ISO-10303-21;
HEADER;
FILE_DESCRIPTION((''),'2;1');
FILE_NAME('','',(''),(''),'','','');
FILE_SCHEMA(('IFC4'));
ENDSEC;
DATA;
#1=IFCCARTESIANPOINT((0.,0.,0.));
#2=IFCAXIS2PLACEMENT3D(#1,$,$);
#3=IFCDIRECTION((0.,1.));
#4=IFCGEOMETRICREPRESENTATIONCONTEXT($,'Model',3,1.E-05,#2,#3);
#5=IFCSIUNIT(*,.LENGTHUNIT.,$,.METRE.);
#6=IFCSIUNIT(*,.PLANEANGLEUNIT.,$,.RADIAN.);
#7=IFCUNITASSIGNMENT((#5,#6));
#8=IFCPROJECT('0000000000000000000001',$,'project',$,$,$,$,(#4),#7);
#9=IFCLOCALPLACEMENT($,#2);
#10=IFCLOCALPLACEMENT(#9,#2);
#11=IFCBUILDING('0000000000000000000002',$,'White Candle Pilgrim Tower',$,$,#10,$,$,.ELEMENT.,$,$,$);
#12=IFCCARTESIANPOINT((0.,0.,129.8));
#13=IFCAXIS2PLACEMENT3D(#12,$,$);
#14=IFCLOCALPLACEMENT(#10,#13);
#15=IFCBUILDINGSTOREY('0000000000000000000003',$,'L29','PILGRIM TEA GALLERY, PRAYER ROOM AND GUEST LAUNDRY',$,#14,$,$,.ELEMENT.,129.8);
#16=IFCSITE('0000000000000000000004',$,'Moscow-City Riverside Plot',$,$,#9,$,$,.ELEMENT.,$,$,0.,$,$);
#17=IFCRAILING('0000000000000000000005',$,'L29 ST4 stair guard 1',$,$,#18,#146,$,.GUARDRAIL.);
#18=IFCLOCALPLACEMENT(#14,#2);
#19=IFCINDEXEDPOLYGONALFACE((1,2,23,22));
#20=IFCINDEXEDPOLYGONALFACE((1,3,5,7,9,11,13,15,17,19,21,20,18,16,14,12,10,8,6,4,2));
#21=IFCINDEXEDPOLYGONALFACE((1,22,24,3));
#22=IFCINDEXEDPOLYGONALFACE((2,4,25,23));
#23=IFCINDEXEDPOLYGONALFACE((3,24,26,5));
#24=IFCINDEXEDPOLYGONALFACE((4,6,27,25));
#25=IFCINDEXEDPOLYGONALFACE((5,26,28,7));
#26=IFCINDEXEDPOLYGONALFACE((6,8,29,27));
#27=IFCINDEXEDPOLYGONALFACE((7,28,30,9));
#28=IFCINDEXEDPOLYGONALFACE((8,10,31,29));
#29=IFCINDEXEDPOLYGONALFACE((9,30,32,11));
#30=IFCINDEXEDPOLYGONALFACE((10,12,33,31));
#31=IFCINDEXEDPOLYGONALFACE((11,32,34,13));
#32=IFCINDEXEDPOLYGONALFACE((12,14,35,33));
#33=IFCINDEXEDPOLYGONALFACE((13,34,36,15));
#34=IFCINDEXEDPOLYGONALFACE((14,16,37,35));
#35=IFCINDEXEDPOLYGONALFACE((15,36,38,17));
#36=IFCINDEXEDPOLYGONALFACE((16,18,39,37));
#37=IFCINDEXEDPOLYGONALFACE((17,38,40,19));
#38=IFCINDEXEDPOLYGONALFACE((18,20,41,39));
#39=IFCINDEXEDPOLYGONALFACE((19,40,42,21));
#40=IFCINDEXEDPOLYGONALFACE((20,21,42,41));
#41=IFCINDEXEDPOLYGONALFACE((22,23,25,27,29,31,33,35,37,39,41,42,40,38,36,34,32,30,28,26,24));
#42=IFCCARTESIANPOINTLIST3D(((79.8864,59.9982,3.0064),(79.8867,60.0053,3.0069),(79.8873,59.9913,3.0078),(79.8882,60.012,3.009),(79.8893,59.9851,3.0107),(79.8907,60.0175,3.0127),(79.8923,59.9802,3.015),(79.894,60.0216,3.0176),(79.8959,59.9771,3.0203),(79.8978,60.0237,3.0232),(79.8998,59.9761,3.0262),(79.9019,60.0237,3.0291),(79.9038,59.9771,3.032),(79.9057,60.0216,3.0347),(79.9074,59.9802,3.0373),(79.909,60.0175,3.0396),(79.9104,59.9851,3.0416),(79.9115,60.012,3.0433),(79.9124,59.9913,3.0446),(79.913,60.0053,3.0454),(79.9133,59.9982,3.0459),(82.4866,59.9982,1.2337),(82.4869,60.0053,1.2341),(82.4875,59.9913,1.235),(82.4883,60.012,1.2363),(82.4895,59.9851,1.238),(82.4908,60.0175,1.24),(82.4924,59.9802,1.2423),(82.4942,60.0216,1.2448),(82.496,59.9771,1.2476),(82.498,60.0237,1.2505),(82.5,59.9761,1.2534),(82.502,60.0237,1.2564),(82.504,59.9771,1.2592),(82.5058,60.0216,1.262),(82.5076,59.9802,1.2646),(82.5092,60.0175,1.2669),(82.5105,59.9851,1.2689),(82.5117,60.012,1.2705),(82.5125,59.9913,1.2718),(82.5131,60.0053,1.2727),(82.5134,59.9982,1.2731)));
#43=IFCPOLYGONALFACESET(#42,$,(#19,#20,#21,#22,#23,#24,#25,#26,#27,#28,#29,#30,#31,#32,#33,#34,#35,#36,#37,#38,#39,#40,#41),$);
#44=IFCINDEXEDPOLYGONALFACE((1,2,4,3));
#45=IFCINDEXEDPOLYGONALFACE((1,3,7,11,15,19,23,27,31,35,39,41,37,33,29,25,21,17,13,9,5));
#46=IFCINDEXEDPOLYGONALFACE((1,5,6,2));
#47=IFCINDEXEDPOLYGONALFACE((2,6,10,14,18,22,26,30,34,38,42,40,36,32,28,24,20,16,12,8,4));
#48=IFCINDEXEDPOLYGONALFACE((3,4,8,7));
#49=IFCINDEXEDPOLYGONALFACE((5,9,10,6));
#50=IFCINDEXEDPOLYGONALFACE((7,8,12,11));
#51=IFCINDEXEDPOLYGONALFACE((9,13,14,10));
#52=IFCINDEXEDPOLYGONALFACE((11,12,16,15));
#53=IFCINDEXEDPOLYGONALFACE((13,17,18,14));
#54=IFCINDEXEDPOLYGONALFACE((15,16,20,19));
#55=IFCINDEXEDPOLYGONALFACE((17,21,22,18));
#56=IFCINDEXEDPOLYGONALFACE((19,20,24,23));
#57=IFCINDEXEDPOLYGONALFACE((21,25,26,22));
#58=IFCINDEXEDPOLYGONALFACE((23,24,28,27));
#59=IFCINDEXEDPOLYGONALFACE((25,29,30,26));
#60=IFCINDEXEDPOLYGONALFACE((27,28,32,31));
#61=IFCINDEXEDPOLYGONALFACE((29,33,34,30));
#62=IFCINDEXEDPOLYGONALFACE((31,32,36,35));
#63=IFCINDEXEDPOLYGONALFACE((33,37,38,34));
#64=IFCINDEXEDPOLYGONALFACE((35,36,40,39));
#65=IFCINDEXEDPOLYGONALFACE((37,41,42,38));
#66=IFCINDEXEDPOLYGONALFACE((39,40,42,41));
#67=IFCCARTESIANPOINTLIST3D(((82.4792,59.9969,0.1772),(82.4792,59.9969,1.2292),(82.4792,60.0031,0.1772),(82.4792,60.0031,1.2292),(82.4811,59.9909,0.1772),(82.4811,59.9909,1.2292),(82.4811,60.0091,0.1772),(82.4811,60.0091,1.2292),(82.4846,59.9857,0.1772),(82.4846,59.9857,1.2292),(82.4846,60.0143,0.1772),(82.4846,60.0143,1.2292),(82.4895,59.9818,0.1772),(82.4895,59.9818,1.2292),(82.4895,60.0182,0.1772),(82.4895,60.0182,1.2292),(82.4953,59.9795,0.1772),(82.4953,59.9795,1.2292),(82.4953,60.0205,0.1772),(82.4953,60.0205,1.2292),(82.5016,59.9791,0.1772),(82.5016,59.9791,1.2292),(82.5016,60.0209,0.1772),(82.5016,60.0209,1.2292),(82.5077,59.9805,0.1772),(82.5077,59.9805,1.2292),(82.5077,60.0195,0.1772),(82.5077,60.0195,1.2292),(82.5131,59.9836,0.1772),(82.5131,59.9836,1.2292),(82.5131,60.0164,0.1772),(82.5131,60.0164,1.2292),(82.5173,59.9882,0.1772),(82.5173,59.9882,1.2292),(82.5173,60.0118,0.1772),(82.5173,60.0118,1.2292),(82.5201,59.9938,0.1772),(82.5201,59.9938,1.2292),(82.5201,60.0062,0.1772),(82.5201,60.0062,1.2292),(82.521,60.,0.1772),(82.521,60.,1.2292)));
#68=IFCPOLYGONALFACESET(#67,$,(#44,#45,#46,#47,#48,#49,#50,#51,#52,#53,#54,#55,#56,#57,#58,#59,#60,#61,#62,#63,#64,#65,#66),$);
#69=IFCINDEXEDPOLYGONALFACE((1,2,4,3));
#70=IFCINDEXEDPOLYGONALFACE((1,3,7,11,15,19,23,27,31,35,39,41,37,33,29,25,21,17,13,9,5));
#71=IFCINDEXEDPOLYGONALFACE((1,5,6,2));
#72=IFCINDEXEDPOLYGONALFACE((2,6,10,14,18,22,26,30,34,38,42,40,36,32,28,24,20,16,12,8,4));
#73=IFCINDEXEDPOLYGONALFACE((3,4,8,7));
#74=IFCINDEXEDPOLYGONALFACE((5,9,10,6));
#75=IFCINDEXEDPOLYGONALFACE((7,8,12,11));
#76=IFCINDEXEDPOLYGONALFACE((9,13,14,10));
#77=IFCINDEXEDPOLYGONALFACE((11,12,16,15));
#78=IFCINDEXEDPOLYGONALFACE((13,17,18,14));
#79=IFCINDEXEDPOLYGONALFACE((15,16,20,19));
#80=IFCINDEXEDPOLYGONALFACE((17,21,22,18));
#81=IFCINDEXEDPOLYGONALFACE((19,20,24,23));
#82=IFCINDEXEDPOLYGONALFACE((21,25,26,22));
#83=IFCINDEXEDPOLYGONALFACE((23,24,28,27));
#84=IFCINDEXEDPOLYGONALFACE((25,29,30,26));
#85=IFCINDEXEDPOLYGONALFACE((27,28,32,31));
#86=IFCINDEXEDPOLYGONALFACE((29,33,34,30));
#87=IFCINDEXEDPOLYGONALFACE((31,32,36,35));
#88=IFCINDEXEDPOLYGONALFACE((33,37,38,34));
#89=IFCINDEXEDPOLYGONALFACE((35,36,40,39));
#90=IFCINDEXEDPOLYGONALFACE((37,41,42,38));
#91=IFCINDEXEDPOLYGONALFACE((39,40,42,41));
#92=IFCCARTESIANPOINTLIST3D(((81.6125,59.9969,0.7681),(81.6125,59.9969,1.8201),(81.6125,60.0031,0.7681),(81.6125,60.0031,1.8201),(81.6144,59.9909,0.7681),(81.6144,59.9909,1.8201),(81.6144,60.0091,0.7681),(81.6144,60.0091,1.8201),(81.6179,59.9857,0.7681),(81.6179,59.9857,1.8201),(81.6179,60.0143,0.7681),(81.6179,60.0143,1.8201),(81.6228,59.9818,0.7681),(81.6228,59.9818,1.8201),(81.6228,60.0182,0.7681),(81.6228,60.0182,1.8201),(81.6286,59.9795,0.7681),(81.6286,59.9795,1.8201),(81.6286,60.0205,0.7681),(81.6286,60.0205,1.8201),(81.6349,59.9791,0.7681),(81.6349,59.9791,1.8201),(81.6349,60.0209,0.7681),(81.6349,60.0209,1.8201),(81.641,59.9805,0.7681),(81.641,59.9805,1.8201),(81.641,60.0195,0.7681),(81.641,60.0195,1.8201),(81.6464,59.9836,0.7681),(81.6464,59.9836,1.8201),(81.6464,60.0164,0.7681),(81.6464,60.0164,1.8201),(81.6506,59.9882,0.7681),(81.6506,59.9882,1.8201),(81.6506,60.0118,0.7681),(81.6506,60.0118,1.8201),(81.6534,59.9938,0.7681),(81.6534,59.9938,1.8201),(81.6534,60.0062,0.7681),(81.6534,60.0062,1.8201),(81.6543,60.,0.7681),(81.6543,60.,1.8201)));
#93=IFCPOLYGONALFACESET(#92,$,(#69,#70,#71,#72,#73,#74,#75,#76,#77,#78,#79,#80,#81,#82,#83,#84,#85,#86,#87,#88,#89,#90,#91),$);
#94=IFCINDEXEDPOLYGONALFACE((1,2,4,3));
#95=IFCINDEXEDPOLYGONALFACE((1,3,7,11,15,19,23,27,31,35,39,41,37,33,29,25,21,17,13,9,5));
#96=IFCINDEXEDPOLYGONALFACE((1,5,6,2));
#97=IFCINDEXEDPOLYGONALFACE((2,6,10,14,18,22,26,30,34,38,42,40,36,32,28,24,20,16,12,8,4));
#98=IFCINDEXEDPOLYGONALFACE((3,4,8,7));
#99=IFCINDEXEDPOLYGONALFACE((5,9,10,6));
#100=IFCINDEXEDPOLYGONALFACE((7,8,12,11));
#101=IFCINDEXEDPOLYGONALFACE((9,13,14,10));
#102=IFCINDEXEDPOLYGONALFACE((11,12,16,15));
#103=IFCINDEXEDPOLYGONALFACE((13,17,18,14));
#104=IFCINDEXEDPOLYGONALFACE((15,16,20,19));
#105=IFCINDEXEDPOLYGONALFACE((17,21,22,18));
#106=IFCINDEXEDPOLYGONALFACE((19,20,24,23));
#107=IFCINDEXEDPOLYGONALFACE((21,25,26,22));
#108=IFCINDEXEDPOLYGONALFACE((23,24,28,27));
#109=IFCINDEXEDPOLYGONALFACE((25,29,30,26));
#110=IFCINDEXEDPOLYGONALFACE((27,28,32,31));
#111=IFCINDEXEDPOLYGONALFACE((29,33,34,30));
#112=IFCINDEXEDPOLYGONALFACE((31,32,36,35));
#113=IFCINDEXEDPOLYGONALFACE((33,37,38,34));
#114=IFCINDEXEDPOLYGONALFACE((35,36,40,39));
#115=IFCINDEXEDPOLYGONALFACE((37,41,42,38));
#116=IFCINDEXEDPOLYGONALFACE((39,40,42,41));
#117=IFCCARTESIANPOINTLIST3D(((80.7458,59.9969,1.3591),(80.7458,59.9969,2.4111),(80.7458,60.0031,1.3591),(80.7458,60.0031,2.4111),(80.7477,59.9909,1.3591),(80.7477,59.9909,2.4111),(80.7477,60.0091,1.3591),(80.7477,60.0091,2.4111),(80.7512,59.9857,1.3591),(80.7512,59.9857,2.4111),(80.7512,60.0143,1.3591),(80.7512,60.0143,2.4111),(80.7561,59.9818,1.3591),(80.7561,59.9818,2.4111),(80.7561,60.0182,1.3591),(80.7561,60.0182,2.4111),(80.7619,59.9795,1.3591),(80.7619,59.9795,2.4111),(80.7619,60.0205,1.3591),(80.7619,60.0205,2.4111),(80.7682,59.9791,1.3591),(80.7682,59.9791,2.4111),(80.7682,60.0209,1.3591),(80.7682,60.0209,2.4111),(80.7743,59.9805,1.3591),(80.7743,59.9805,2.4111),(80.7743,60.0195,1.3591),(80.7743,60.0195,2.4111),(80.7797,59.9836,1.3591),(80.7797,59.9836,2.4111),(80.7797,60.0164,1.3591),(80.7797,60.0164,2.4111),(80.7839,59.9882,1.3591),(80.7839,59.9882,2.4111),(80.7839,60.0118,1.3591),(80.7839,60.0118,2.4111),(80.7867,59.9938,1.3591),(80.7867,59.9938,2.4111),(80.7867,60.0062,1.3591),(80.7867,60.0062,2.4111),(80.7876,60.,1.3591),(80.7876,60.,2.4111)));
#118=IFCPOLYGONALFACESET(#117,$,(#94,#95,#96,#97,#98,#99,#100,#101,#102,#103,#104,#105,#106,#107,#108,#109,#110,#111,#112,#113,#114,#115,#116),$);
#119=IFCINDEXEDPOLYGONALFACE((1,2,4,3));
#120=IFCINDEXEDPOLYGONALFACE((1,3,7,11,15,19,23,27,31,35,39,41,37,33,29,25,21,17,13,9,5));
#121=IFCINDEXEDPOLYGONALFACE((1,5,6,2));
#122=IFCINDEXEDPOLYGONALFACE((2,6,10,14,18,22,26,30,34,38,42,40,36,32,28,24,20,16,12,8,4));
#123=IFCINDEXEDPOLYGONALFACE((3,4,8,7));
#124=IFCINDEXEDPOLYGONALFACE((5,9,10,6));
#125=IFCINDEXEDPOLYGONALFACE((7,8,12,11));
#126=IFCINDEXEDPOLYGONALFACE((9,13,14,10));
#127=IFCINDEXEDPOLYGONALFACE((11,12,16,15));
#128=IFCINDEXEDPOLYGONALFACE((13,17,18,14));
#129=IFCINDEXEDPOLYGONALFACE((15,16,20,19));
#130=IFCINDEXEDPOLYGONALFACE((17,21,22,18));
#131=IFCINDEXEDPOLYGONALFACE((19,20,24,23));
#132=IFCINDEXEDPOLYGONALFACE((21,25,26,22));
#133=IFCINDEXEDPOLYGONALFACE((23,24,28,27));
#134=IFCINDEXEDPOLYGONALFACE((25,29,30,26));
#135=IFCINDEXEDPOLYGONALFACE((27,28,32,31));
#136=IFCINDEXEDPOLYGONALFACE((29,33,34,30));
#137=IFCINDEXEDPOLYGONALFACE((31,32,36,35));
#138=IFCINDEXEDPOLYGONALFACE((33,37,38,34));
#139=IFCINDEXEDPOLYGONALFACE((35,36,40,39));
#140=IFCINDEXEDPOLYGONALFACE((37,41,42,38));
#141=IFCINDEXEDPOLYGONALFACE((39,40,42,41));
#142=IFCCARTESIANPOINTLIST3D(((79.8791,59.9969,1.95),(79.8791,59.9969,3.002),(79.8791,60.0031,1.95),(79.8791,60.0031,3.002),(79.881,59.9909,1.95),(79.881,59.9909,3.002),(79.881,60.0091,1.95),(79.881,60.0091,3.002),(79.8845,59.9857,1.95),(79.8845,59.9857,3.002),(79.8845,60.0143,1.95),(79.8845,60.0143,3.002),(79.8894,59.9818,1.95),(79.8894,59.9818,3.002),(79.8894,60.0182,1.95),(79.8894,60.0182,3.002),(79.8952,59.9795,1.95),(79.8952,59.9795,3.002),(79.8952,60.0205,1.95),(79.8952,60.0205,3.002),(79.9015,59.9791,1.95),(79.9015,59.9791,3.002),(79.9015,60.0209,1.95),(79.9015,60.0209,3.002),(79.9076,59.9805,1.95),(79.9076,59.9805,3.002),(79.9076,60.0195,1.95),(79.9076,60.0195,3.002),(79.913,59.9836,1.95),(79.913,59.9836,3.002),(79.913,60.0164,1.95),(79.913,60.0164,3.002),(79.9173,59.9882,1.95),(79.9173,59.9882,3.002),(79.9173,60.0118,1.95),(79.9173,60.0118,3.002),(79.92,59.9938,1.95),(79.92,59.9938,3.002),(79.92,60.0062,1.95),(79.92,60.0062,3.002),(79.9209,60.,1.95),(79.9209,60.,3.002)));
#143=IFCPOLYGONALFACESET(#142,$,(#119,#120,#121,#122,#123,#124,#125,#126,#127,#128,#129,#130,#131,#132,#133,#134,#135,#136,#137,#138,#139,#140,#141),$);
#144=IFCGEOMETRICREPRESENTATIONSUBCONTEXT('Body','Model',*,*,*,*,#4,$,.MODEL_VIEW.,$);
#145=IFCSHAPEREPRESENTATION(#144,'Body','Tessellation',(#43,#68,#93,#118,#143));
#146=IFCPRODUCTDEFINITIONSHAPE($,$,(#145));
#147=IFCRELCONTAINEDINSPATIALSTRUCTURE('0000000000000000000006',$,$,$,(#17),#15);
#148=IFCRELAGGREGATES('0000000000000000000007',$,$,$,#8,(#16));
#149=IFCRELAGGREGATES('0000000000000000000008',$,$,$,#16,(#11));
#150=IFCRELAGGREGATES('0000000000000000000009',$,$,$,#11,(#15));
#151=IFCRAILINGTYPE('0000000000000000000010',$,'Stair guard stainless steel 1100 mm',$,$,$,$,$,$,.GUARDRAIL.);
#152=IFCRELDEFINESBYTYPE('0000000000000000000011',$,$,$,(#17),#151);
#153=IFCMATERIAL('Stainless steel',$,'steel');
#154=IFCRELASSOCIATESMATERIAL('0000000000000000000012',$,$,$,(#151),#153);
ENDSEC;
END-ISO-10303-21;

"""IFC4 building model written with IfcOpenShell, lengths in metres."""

from ifc_helpers import new_model, si_unit, direction, frame, origin, origin_2d, place, context, subcontext, project, spatial, circle, extrude, material, type_object, element, save


model = new_model("IFC4")

# Units and contexts
model_context = context("Model", 3, precision=1e-05, world=origin(), true_north=direction((0.0, 1.0)))
body_context = subcontext(model_context, "Body", "Model", "MODEL_VIEW")
ifc_project = project(units=[si_unit("LENGTHUNIT", "METRE"), si_unit("PLANEANGLEUNIT", "RADIAN")], contexts=[model_context])

# Site, building, storey
site_placement = place(None, origin())
site = spatial("IfcSite", under=ifc_project, at=site_placement, Name="Moscow-City Riverside Plot", CompositionType="ELEMENT", RefElevation=0.0)
building_placement = place(site_placement, origin())
building = spatial("IfcBuilding", under=site, at=building_placement, Name="White Candle Pilgrim Tower", CompositionType="ELEMENT")
storey_placement = place(building_placement, frame((0.0, 0.0, 129.8)))
storey = spatial("IfcBuildingStorey", under=building, at=storey_placement, Name="L29", Description="PILGRIM TEA GALLERY, PRAYER ROOM AND GUEST LAUNDRY", CompositionType="ELEMENT", Elevation=129.8)

# Railing
ifc_material_1 = material(Name="Stainless steel", Category="steel")
railing_type_1 = type_object("IfcRailingType", Name="Stair guard stainless steel 1100 mm", PredefinedType="GUARDRAIL", material=ifc_material_1)
railing_1_placement = place(storey_placement, frame((82.5, 60.0, 0.1772)))
element("IfcRailing", 1, at=railing_1_placement, inside=storey, type_object=railing_type_1, Name="L29 ST4 stair guard 1", PredefinedType="GUARDRAIL", context=body_context, shape_type="SweptSolid", body=[
    extrude(circle(Radius=0.0239, at=origin_2d()), frame((0.0, 0.0, 1.0762), z_axis=(-0.82624, 0.0, 0.563318), x_axis=(0.0, -1.0, 0.0)), (0.0, 0.0, 1.0), 3.147),
    extrude(circle(Radius=0.021, at=origin_2d()), origin(), (0.0, 0.0, 1.0), 1.052),
    extrude(circle(Radius=0.021, at=origin_2d()), frame((-0.8667, 0.0, 0.5908)), (0.0, 0.0, 1.0), 1.052),
    extrude(circle(Radius=0.021, at=origin_2d()), frame((-1.7334, 0.0, 1.1819)), (0.0, 0.0, 1.0), 1.052),
    extrude(circle(Radius=0.021, at=origin_2d()), frame((-2.6001, 0.0, 1.7727)), (0.0, 0.0, 1.0), 1.052),
])

save(model, "model.ifc")
